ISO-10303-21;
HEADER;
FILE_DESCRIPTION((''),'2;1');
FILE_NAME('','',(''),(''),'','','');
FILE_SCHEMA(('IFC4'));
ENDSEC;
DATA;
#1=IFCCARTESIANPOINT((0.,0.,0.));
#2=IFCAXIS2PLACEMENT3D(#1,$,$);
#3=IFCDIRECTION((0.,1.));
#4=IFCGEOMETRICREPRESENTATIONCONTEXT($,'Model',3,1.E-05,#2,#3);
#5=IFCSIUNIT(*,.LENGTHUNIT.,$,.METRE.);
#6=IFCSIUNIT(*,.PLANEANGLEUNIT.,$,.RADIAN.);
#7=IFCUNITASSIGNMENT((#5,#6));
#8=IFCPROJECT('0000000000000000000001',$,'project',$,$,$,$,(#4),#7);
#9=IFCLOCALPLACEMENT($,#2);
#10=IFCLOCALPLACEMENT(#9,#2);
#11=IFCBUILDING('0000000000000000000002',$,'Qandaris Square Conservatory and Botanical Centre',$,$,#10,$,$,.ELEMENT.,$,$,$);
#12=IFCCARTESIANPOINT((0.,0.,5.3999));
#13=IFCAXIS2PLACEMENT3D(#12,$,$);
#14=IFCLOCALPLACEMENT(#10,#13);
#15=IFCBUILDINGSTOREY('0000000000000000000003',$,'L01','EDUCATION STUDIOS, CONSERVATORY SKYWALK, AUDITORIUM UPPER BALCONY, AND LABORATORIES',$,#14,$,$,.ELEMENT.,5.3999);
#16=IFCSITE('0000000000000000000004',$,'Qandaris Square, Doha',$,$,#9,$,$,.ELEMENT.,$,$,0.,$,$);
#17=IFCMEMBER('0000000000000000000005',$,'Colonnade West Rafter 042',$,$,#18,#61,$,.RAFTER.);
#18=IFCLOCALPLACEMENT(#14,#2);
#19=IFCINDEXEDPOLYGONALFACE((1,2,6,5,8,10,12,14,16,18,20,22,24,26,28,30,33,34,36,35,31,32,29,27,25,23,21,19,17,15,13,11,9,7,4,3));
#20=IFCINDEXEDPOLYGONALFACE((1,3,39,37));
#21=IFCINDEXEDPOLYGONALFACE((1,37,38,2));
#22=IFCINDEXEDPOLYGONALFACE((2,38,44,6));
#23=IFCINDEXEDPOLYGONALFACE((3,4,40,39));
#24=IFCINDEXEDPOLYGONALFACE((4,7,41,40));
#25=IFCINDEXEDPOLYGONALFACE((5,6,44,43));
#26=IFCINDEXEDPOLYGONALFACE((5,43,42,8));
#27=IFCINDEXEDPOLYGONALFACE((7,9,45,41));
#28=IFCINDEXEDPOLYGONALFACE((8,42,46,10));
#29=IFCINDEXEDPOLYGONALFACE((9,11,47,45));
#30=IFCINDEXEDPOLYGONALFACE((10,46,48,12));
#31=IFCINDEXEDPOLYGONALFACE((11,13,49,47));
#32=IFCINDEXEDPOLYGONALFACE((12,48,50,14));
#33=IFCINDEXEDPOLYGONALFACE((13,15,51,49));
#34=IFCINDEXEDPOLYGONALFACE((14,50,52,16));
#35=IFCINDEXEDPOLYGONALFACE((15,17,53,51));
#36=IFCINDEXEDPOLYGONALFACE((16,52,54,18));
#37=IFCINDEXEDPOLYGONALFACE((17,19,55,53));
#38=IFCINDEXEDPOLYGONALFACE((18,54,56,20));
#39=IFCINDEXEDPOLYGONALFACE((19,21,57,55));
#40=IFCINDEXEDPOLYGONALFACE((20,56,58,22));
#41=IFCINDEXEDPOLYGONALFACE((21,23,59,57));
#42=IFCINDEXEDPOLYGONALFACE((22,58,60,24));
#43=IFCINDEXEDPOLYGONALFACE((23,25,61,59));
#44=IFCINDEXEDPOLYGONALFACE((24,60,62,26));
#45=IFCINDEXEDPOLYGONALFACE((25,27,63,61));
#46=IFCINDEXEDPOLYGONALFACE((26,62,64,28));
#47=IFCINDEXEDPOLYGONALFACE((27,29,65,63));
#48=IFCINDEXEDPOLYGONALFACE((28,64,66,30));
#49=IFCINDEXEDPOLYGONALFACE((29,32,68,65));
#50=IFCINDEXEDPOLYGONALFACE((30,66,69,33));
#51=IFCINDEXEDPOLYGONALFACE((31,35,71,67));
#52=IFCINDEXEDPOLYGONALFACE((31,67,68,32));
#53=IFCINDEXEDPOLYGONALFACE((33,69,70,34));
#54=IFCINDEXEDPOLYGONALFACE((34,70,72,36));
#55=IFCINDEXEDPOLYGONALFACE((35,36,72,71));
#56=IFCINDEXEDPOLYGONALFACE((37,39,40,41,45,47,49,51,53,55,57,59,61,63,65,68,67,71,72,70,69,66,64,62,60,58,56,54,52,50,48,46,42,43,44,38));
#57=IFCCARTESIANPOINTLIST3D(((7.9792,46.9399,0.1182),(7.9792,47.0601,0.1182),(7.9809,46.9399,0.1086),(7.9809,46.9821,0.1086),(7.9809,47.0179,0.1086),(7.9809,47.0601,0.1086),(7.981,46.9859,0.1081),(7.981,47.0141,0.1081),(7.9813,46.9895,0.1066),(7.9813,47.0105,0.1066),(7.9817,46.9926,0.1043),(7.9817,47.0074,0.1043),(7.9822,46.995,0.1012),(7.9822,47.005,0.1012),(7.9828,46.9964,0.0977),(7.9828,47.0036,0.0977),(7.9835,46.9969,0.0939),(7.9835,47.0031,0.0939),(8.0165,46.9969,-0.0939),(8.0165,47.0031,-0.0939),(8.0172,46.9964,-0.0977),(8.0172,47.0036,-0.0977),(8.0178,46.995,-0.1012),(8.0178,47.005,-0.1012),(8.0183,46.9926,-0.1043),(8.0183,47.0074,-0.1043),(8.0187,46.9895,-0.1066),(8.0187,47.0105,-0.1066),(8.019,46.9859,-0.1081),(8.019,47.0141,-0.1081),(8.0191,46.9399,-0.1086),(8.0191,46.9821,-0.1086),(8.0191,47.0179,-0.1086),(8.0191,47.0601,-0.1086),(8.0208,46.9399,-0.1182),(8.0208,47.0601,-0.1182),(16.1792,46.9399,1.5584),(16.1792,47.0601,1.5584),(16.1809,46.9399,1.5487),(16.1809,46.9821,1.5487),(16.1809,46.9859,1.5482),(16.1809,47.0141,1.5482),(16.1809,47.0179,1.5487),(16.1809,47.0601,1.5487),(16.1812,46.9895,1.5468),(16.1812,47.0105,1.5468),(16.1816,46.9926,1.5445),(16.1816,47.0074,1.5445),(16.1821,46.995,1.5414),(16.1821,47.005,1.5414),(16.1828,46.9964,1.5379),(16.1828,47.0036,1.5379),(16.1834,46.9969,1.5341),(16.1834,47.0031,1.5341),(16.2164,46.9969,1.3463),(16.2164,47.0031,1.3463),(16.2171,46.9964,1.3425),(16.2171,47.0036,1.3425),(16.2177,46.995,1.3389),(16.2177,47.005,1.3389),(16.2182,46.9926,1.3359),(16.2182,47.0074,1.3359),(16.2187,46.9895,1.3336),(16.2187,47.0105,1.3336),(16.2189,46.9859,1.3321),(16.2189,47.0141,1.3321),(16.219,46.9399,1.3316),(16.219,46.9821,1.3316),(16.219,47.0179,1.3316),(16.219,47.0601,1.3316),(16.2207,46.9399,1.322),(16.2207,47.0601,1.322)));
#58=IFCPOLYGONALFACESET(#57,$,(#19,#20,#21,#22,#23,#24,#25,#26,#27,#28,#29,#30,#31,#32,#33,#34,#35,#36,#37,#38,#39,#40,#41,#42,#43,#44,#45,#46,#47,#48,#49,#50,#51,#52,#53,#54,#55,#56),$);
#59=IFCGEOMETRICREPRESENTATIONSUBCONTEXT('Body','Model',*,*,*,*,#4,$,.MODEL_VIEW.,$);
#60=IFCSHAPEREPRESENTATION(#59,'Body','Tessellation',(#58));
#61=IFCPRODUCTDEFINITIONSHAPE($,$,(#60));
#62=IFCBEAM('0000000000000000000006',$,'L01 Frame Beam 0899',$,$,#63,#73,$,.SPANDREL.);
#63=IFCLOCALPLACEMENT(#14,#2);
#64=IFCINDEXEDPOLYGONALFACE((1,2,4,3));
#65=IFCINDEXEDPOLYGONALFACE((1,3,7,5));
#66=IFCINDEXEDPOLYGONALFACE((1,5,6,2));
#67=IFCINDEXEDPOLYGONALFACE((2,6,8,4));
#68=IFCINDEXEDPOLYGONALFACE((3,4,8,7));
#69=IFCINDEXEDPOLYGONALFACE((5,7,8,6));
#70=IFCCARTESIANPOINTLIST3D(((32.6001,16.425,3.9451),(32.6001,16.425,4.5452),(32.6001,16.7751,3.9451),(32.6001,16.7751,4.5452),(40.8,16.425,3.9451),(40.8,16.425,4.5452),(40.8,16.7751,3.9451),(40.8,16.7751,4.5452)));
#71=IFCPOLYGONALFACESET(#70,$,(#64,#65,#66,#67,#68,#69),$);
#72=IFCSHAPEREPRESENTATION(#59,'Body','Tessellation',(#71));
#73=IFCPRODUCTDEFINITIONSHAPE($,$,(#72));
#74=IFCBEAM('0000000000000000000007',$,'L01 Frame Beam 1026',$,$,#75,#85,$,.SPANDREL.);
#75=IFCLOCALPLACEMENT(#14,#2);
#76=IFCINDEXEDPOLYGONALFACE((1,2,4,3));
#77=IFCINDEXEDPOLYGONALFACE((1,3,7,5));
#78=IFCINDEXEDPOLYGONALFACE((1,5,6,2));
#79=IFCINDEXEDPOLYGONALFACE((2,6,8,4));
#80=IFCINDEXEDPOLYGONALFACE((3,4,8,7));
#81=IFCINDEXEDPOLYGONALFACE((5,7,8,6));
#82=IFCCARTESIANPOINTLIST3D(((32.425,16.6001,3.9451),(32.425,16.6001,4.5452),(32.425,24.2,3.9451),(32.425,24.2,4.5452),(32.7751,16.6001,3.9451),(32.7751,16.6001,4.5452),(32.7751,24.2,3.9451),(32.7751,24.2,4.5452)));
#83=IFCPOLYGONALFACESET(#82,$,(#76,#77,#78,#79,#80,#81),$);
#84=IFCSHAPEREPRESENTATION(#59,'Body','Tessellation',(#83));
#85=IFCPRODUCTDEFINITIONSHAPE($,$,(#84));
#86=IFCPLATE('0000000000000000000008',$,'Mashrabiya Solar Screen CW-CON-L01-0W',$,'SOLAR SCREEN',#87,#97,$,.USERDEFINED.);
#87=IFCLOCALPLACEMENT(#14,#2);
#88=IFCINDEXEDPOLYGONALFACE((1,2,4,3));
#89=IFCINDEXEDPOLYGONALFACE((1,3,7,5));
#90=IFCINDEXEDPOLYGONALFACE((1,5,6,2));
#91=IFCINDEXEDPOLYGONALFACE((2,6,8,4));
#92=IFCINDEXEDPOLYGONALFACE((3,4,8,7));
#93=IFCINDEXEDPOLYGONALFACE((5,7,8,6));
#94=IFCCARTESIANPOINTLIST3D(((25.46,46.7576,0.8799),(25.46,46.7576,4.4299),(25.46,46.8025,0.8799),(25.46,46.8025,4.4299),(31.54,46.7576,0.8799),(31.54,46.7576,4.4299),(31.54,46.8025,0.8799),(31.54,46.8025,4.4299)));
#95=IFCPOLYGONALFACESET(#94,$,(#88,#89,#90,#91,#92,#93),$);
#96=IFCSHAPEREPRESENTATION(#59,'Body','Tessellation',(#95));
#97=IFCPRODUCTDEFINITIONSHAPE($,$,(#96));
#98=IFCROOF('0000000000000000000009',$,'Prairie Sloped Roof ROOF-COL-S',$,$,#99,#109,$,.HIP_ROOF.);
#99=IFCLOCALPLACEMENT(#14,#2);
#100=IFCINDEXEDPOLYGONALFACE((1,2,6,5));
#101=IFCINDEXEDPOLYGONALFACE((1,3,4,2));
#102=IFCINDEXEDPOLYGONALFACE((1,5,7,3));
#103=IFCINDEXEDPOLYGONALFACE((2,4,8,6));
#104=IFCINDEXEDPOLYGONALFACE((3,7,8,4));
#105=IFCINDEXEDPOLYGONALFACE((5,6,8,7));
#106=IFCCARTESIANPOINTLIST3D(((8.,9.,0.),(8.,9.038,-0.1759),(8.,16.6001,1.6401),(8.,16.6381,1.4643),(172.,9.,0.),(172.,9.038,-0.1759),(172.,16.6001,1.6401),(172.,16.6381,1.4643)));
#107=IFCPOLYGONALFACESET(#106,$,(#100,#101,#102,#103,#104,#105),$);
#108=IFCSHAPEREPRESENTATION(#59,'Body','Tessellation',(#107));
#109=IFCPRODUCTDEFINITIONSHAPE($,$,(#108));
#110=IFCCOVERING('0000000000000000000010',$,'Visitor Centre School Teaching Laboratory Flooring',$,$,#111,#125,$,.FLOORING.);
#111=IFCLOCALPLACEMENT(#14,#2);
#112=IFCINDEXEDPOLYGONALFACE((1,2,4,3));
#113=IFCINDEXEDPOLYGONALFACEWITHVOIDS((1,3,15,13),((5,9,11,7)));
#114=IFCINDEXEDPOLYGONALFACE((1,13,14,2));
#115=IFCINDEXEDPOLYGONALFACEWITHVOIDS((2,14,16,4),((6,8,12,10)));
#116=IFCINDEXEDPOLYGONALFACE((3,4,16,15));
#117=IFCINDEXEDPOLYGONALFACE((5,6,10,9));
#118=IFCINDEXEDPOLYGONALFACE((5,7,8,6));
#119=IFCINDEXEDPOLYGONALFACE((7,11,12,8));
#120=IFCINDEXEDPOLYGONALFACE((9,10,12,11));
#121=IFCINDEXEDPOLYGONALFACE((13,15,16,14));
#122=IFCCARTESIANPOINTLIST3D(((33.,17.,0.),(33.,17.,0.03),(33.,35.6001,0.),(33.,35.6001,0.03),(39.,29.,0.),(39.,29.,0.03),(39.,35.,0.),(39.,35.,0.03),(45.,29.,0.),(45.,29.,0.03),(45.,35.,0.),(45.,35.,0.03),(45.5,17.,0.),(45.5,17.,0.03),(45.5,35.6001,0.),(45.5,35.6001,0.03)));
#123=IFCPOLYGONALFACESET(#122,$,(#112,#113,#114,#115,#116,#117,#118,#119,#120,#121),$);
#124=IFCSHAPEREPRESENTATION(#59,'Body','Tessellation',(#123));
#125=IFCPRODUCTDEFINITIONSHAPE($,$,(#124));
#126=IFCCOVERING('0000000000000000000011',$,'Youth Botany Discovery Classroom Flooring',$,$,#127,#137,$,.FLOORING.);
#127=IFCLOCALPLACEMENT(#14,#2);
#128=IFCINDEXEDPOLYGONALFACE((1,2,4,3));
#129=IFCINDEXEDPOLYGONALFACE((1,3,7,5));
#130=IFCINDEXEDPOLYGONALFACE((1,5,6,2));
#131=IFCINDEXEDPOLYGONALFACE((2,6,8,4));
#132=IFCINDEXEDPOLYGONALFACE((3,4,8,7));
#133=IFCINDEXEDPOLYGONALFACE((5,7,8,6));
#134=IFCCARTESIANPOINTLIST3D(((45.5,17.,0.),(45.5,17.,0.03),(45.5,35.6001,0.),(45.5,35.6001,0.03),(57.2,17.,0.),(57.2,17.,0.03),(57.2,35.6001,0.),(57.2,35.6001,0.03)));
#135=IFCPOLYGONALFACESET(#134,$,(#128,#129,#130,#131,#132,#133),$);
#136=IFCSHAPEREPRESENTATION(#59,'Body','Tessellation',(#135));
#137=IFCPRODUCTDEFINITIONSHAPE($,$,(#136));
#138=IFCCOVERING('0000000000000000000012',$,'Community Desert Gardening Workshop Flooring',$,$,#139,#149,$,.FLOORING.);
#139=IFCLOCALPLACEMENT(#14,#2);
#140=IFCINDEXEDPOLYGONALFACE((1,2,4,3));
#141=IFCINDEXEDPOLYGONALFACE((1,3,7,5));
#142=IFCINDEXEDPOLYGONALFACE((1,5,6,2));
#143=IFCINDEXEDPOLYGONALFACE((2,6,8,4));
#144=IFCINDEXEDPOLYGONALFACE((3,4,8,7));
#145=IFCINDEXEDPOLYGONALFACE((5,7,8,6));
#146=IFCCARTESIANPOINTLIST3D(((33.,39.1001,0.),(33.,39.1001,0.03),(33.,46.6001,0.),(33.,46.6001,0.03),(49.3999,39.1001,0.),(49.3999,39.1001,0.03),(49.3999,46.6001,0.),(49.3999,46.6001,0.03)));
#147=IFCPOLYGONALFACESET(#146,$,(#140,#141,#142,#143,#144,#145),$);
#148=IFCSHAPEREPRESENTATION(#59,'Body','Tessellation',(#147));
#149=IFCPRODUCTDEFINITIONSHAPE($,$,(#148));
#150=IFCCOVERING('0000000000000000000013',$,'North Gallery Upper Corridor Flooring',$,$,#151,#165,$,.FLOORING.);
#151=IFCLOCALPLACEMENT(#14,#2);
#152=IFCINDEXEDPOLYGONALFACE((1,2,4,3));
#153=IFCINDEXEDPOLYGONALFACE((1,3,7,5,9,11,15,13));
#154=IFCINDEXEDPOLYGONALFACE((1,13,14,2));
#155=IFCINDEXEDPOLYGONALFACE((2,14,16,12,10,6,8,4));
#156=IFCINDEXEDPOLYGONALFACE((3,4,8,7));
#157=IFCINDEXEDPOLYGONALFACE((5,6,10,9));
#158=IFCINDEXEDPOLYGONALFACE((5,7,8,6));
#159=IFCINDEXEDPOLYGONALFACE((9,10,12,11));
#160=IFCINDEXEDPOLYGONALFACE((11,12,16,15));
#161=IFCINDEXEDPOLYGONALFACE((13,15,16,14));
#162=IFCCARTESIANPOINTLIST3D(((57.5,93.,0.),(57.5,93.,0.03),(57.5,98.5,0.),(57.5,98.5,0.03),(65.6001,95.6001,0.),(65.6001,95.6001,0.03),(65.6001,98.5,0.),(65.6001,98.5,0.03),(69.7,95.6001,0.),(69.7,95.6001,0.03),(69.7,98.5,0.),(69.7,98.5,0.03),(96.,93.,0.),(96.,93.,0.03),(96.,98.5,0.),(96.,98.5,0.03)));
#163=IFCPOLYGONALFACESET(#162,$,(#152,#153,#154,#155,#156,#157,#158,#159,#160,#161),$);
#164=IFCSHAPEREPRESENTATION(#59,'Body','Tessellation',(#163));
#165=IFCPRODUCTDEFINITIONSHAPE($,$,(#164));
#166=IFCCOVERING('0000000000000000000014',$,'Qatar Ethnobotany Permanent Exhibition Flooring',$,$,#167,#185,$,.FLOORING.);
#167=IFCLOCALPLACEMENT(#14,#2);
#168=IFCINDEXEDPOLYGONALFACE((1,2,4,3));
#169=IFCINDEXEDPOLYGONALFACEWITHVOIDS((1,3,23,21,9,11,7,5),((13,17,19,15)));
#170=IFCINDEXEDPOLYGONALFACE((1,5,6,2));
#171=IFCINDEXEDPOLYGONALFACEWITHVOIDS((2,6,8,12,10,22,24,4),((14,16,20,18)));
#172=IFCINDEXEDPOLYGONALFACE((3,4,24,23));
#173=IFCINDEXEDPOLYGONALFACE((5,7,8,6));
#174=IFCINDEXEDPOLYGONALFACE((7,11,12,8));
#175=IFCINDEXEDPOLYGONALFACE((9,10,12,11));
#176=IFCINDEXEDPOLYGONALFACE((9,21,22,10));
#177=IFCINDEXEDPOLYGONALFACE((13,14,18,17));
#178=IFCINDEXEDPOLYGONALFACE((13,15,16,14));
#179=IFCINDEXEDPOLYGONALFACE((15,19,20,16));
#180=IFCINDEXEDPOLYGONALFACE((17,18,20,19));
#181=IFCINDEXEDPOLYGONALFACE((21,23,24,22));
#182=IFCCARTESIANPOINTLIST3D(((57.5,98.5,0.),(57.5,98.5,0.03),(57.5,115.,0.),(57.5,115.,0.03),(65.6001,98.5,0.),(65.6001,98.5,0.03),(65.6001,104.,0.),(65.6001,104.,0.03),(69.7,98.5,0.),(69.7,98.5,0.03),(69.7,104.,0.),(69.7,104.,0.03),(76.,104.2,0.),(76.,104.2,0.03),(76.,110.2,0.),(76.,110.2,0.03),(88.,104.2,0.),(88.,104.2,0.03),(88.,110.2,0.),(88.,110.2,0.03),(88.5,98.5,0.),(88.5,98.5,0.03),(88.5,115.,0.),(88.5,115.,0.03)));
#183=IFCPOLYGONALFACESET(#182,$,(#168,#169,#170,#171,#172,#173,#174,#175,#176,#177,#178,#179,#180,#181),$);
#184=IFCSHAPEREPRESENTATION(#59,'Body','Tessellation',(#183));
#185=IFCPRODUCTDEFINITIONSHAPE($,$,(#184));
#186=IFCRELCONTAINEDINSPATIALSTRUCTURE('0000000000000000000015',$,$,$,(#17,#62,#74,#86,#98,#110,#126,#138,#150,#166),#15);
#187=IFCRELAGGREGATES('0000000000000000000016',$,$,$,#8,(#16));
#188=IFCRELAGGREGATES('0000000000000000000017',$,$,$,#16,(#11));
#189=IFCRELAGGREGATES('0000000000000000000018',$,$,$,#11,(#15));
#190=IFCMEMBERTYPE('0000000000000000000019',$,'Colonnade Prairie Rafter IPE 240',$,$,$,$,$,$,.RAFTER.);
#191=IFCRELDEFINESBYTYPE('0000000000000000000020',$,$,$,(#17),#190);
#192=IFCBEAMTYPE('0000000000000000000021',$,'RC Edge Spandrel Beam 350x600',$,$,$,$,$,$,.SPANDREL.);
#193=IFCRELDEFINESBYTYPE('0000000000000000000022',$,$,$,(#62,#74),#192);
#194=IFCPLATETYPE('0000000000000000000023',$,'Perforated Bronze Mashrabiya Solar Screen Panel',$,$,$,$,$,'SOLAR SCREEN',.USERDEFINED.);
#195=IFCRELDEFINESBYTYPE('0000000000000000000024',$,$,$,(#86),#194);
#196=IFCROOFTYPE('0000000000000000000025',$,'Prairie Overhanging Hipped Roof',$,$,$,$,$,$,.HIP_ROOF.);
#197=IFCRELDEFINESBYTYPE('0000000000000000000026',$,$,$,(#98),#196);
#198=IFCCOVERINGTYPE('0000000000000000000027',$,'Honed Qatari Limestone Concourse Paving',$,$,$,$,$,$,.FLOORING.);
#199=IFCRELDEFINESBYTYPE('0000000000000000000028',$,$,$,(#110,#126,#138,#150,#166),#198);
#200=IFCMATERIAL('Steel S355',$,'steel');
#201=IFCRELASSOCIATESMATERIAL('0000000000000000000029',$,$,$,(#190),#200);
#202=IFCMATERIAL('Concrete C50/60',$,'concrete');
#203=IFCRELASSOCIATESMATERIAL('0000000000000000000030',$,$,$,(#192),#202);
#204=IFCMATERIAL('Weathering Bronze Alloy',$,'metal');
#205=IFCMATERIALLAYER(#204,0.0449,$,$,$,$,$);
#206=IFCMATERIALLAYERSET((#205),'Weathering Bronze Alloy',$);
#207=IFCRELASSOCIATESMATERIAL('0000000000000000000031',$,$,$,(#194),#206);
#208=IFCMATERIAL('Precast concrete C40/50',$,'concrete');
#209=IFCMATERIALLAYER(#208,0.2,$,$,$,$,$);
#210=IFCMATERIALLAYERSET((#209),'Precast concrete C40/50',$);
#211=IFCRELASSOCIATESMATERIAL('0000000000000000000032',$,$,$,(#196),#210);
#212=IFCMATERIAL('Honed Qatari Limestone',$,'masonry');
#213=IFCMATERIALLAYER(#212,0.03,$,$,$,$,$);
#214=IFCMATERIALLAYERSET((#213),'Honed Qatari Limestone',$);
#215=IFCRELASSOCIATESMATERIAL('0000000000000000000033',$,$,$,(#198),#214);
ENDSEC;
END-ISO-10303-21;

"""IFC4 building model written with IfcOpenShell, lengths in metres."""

from ifc_helpers import new_model, si_unit, direction, frame, origin, origin_2d, place, context, subcontext, project, spatial, polyline, rectangle, i_section, outline, extrude, material, layer, layer_set, material_profile, profile_set, type_object, element, save


model = new_model("IFC4")

# Units and contexts
model_context = context("Model", 3, precision=1e-05, world=origin(), true_north=direction((0.0, 1.0)))
body_context = subcontext(model_context, "Body", "Model", "MODEL_VIEW")
ifc_project = project(units=[si_unit("LENGTHUNIT", "METRE"), si_unit("PLANEANGLEUNIT", "RADIAN")], contexts=[model_context])

# Site, building, storey
site_placement = place(None, origin())
site = spatial("IfcSite", under=ifc_project, at=site_placement, Name="Qandaris Square, Doha", CompositionType="ELEMENT", RefElevation=0.0)
building_placement = place(site_placement, origin())
building = spatial("IfcBuilding", under=site, at=building_placement, Name="Qandaris Square Conservatory and Botanical Centre", CompositionType="ELEMENT")
storey_placement = place(building_placement, frame((0.0, 0.0, 5.3999)))
storey = spatial("IfcBuildingStorey", under=building, at=storey_placement, Name="L01", Description="EDUCATION STUDIOS, CONSERVATORY SKYWALK, AUDITORIUM UPPER BALCONY, AND LABORATORIES", CompositionType="ELEMENT", Elevation=5.3999)

# Member
ifc_material_1 = material(Name="Steel S355", Category="steel")
ifc_material_profile_1 = material_profile(ifc_material_1, i_section(OverallWidth=0.1201, OverallDepth=0.24, WebThickness=0.0061, FlangeThickness=0.0098, FilletRadius=0.0149, at=origin_2d()), Name="IPE 240")
ifc_profile_set_1 = profile_set([ifc_material_profile_1], Name="Steel S355")
member_type = type_object("IfcMemberType", Name="Colonnade Prairie Rafter IPE 240", PredefinedType="RAFTER", material=ifc_profile_set_1)
for number, where, z_axis, x_axis, name in (
    (1, (8.0, 47.0, 0.0), (0.984924, 0.0, 0.172986), (0.0, 1.0, 0.0), "Colonnade West Rafter 042"),
):
    element("IfcMember", number, at=place(storey_placement, frame(where, z_axis=z_axis, x_axis=x_axis)), inside=storey, type_object=member_type, Name=name, PredefinedType="RAFTER", context=body_context, shape_type="SweptSolid", body=[
        extrude(i_section(OverallWidth=0.1201, OverallDepth=0.24, WebThickness=0.0061, FlangeThickness=0.0098, FilletRadius=0.0149, at=origin_2d()), origin(), (0.0, 0.0, 1.0), 8.3254),
    ])

# Beams
ifc_material_2 = material(Name="Concrete C50/60", Category="concrete")
ifc_material_profile_2 = material_profile(ifc_material_2, rectangle(XDim=0.3501, YDim=0.6001, at=origin_2d()), Name="RC-SP 350x600")
ifc_profile_set_2 = profile_set([ifc_material_profile_2], Name="Concrete C50/60")
beam_type = type_object("IfcBeamType", Name="RC Edge Spandrel Beam 350x600", PredefinedType="SPANDREL", material=ifc_profile_set_2)
beam_1_placement = place(storey_placement, frame((32.6001, 16.6001, 4.2451), z_axis=(1.0, 0.0, 0.0), x_axis=(0.0, 1.0, 0.0)))
element("IfcBeam", 2, at=beam_1_placement, inside=storey, type_object=beam_type, Name="L01 Frame Beam 0899", PredefinedType="SPANDREL", context=body_context, shape_type="SweptSolid", body=[
    extrude(rectangle(XDim=0.3501, YDim=0.6001, at=origin_2d()), origin(), (0.0, 0.0, 1.0), 8.2),
])
beam_2_placement = place(storey_placement, frame((32.6001, 16.6001, 4.2451), z_axis=(0.0, 1.0, 0.0), x_axis=(-1.0, 0.0, 0.0)))
element("IfcBeam", 3, at=beam_2_placement, inside=storey, type_object=beam_type, Name="L01 Frame Beam 1026", PredefinedType="SPANDREL", context=body_context, shape_type="SweptSolid", body=[
    extrude(rectangle(XDim=0.3501, YDim=0.6001, at=origin_2d()), origin(), (0.0, 0.0, 1.0), 7.5999),
])

# Plate
ifc_material_3 = material(Name="Weathering Bronze Alloy", Category="metal")
ifc_layer_1 = layer(ifc_material_3, 0.0449)
ifc_layer_set_1 = layer_set([ifc_layer_1], Name="Weathering Bronze Alloy")
plate_type = type_object("IfcPlateType", Name="Perforated Bronze Mashrabiya Solar Screen Panel", ElementType="SOLAR SCREEN", PredefinedType="USERDEFINED", material=ifc_layer_set_1)
plate_placement = place(storey_placement, frame((28.5, 46.78, 0.8799), z_axis=(0.0, 0.0, 1.0), x_axis=(1.0, 0.0, 0.0)))
element("IfcPlate", 4, at=plate_placement, inside=storey, type_object=plate_type, Name="Mashrabiya Solar Screen CW-CON-L01-0W", ObjectType="SOLAR SCREEN", PredefinedType="USERDEFINED", context=body_context, shape_type="SweptSolid", body=[
    extrude(rectangle(XDim=6.0801, YDim=0.0449, at=origin_2d()), origin(), (0.0, 0.0, 1.0), 3.55),
])

# Roof
ifc_material_4 = material(Name="Precast concrete C40/50", Category="concrete")
ifc_layer_2 = layer(ifc_material_4, 0.2)
ifc_layer_set_2 = layer_set([ifc_layer_2], Name="Precast concrete C40/50")
roof_type = type_object("IfcRoofType", Name="Prairie Overhanging Hipped Roof", PredefinedType="HIP_ROOF", material=ifc_layer_set_2)
roof_placement = place(storey_placement, frame((8.0, 9.0, 0.0), z_axis=(0.0, -0.210948, 0.977497), x_axis=(1.0, 0.0, 0.0)))
element("IfcRoof", 5, at=roof_placement, inside=storey, type_object=roof_type, Name="Prairie Sloped Roof ROOF-COL-S", PredefinedType="HIP_ROOF", context=body_context, shape_type="SweptSolid", body=[
    extrude(outline(polyline([(0.0, 0.0), (164.0, 0.0), (164.0, 7.7751), (0.0, 7.7751), (0.0, 0.0)])), origin(), (0.0, 0.0, -1.0), 0.1799),
])

# Coverings
ifc_material_5 = material(Name="Honed Qatari Limestone", Category="masonry")
ifc_layer_3 = layer(ifc_material_5, 0.03)
ifc_layer_set_3 = layer_set([ifc_layer_3], Name="Honed Qatari Limestone")
covering_type_1 = type_object("IfcCoveringType", Name="Honed Qatari Limestone Concourse Paving", PredefinedType="FLOORING", material=ifc_layer_set_3)
covering_1_placement = place(storey_placement, origin())
element("IfcCovering", 6, at=covering_1_placement, inside=storey, type_object=covering_type_1, Name="Visitor Centre School Teaching Laboratory Flooring", PredefinedType="FLOORING", context=body_context, shape_type="SweptSolid", body=[
    extrude(outline(polyline([(33.0, 17.0), (33.0, 35.6001), (45.5, 35.6001), (45.5, 17.0), (33.0, 17.0)]), holes=[polyline([(45.0, 35.0), (39.0, 35.0), (39.0, 29.0), (45.0, 29.0), (45.0, 35.0)])]), origin(), (0.0, 0.0, 1.0), 0.03),
])
covering_2_placement = place(storey_placement, origin())
element("IfcCovering", 7, at=covering_2_placement, inside=storey, type_object=covering_type_1, Name="Youth Botany Discovery Classroom Flooring", PredefinedType="FLOORING", context=body_context, shape_type="SweptSolid", body=[
    extrude(outline(polyline([(45.5, 17.0), (45.5, 35.6001), (57.2, 35.6001), (57.2, 17.0), (45.5, 17.0)])), origin(), (0.0, 0.0, 1.0), 0.03),
])
covering_3_placement = place(storey_placement, origin())
element("IfcCovering", 8, at=covering_3_placement, inside=storey, type_object=covering_type_1, Name="Community Desert Gardening Workshop Flooring", PredefinedType="FLOORING", context=body_context, shape_type="SweptSolid", body=[
    extrude(outline(polyline([(33.0, 39.1001), (33.0, 46.6001), (49.3999, 46.6001), (49.3999, 39.1001), (33.0, 39.1001)])), origin(), (0.0, 0.0, 1.0), 0.03),
])
covering_4_placement = place(storey_placement, origin())
element("IfcCovering", 9, at=covering_4_placement, inside=storey, type_object=covering_type_1, Name="North Gallery Upper Corridor Flooring", PredefinedType="FLOORING", context=body_context, shape_type="SweptSolid", body=[
    extrude(outline(polyline([(96.0, 93.0), (57.5, 93.0), (57.5, 98.5), (65.6001, 98.5), (65.6001, 95.6001), (69.7, 95.6001), (69.7, 98.5), (96.0, 98.5), (96.0, 93.0)])), origin(), (0.0, 0.0, 1.0), 0.03),
])
covering_5_placement = place(storey_placement, origin())
element("IfcCovering", 10, at=covering_5_placement, inside=storey, type_object=covering_type_1, Name="Qatar Ethnobotany Permanent Exhibition Flooring", PredefinedType="FLOORING", context=body_context, shape_type="SweptSolid", body=[
    extrude(outline(polyline([(69.7, 98.5), (69.7, 104.0), (65.6001, 104.0), (65.6001, 98.5), (57.5, 98.5), (57.5, 115.0), (88.5, 115.0), (88.5, 98.5), (69.7, 98.5)]), holes=[polyline([(88.0, 110.2), (76.0, 110.2), (76.0, 104.2), (88.0, 104.2), (88.0, 110.2)])]), origin(), (0.0, 0.0, 1.0), 0.03),
])

save(model, "model.ifc")
